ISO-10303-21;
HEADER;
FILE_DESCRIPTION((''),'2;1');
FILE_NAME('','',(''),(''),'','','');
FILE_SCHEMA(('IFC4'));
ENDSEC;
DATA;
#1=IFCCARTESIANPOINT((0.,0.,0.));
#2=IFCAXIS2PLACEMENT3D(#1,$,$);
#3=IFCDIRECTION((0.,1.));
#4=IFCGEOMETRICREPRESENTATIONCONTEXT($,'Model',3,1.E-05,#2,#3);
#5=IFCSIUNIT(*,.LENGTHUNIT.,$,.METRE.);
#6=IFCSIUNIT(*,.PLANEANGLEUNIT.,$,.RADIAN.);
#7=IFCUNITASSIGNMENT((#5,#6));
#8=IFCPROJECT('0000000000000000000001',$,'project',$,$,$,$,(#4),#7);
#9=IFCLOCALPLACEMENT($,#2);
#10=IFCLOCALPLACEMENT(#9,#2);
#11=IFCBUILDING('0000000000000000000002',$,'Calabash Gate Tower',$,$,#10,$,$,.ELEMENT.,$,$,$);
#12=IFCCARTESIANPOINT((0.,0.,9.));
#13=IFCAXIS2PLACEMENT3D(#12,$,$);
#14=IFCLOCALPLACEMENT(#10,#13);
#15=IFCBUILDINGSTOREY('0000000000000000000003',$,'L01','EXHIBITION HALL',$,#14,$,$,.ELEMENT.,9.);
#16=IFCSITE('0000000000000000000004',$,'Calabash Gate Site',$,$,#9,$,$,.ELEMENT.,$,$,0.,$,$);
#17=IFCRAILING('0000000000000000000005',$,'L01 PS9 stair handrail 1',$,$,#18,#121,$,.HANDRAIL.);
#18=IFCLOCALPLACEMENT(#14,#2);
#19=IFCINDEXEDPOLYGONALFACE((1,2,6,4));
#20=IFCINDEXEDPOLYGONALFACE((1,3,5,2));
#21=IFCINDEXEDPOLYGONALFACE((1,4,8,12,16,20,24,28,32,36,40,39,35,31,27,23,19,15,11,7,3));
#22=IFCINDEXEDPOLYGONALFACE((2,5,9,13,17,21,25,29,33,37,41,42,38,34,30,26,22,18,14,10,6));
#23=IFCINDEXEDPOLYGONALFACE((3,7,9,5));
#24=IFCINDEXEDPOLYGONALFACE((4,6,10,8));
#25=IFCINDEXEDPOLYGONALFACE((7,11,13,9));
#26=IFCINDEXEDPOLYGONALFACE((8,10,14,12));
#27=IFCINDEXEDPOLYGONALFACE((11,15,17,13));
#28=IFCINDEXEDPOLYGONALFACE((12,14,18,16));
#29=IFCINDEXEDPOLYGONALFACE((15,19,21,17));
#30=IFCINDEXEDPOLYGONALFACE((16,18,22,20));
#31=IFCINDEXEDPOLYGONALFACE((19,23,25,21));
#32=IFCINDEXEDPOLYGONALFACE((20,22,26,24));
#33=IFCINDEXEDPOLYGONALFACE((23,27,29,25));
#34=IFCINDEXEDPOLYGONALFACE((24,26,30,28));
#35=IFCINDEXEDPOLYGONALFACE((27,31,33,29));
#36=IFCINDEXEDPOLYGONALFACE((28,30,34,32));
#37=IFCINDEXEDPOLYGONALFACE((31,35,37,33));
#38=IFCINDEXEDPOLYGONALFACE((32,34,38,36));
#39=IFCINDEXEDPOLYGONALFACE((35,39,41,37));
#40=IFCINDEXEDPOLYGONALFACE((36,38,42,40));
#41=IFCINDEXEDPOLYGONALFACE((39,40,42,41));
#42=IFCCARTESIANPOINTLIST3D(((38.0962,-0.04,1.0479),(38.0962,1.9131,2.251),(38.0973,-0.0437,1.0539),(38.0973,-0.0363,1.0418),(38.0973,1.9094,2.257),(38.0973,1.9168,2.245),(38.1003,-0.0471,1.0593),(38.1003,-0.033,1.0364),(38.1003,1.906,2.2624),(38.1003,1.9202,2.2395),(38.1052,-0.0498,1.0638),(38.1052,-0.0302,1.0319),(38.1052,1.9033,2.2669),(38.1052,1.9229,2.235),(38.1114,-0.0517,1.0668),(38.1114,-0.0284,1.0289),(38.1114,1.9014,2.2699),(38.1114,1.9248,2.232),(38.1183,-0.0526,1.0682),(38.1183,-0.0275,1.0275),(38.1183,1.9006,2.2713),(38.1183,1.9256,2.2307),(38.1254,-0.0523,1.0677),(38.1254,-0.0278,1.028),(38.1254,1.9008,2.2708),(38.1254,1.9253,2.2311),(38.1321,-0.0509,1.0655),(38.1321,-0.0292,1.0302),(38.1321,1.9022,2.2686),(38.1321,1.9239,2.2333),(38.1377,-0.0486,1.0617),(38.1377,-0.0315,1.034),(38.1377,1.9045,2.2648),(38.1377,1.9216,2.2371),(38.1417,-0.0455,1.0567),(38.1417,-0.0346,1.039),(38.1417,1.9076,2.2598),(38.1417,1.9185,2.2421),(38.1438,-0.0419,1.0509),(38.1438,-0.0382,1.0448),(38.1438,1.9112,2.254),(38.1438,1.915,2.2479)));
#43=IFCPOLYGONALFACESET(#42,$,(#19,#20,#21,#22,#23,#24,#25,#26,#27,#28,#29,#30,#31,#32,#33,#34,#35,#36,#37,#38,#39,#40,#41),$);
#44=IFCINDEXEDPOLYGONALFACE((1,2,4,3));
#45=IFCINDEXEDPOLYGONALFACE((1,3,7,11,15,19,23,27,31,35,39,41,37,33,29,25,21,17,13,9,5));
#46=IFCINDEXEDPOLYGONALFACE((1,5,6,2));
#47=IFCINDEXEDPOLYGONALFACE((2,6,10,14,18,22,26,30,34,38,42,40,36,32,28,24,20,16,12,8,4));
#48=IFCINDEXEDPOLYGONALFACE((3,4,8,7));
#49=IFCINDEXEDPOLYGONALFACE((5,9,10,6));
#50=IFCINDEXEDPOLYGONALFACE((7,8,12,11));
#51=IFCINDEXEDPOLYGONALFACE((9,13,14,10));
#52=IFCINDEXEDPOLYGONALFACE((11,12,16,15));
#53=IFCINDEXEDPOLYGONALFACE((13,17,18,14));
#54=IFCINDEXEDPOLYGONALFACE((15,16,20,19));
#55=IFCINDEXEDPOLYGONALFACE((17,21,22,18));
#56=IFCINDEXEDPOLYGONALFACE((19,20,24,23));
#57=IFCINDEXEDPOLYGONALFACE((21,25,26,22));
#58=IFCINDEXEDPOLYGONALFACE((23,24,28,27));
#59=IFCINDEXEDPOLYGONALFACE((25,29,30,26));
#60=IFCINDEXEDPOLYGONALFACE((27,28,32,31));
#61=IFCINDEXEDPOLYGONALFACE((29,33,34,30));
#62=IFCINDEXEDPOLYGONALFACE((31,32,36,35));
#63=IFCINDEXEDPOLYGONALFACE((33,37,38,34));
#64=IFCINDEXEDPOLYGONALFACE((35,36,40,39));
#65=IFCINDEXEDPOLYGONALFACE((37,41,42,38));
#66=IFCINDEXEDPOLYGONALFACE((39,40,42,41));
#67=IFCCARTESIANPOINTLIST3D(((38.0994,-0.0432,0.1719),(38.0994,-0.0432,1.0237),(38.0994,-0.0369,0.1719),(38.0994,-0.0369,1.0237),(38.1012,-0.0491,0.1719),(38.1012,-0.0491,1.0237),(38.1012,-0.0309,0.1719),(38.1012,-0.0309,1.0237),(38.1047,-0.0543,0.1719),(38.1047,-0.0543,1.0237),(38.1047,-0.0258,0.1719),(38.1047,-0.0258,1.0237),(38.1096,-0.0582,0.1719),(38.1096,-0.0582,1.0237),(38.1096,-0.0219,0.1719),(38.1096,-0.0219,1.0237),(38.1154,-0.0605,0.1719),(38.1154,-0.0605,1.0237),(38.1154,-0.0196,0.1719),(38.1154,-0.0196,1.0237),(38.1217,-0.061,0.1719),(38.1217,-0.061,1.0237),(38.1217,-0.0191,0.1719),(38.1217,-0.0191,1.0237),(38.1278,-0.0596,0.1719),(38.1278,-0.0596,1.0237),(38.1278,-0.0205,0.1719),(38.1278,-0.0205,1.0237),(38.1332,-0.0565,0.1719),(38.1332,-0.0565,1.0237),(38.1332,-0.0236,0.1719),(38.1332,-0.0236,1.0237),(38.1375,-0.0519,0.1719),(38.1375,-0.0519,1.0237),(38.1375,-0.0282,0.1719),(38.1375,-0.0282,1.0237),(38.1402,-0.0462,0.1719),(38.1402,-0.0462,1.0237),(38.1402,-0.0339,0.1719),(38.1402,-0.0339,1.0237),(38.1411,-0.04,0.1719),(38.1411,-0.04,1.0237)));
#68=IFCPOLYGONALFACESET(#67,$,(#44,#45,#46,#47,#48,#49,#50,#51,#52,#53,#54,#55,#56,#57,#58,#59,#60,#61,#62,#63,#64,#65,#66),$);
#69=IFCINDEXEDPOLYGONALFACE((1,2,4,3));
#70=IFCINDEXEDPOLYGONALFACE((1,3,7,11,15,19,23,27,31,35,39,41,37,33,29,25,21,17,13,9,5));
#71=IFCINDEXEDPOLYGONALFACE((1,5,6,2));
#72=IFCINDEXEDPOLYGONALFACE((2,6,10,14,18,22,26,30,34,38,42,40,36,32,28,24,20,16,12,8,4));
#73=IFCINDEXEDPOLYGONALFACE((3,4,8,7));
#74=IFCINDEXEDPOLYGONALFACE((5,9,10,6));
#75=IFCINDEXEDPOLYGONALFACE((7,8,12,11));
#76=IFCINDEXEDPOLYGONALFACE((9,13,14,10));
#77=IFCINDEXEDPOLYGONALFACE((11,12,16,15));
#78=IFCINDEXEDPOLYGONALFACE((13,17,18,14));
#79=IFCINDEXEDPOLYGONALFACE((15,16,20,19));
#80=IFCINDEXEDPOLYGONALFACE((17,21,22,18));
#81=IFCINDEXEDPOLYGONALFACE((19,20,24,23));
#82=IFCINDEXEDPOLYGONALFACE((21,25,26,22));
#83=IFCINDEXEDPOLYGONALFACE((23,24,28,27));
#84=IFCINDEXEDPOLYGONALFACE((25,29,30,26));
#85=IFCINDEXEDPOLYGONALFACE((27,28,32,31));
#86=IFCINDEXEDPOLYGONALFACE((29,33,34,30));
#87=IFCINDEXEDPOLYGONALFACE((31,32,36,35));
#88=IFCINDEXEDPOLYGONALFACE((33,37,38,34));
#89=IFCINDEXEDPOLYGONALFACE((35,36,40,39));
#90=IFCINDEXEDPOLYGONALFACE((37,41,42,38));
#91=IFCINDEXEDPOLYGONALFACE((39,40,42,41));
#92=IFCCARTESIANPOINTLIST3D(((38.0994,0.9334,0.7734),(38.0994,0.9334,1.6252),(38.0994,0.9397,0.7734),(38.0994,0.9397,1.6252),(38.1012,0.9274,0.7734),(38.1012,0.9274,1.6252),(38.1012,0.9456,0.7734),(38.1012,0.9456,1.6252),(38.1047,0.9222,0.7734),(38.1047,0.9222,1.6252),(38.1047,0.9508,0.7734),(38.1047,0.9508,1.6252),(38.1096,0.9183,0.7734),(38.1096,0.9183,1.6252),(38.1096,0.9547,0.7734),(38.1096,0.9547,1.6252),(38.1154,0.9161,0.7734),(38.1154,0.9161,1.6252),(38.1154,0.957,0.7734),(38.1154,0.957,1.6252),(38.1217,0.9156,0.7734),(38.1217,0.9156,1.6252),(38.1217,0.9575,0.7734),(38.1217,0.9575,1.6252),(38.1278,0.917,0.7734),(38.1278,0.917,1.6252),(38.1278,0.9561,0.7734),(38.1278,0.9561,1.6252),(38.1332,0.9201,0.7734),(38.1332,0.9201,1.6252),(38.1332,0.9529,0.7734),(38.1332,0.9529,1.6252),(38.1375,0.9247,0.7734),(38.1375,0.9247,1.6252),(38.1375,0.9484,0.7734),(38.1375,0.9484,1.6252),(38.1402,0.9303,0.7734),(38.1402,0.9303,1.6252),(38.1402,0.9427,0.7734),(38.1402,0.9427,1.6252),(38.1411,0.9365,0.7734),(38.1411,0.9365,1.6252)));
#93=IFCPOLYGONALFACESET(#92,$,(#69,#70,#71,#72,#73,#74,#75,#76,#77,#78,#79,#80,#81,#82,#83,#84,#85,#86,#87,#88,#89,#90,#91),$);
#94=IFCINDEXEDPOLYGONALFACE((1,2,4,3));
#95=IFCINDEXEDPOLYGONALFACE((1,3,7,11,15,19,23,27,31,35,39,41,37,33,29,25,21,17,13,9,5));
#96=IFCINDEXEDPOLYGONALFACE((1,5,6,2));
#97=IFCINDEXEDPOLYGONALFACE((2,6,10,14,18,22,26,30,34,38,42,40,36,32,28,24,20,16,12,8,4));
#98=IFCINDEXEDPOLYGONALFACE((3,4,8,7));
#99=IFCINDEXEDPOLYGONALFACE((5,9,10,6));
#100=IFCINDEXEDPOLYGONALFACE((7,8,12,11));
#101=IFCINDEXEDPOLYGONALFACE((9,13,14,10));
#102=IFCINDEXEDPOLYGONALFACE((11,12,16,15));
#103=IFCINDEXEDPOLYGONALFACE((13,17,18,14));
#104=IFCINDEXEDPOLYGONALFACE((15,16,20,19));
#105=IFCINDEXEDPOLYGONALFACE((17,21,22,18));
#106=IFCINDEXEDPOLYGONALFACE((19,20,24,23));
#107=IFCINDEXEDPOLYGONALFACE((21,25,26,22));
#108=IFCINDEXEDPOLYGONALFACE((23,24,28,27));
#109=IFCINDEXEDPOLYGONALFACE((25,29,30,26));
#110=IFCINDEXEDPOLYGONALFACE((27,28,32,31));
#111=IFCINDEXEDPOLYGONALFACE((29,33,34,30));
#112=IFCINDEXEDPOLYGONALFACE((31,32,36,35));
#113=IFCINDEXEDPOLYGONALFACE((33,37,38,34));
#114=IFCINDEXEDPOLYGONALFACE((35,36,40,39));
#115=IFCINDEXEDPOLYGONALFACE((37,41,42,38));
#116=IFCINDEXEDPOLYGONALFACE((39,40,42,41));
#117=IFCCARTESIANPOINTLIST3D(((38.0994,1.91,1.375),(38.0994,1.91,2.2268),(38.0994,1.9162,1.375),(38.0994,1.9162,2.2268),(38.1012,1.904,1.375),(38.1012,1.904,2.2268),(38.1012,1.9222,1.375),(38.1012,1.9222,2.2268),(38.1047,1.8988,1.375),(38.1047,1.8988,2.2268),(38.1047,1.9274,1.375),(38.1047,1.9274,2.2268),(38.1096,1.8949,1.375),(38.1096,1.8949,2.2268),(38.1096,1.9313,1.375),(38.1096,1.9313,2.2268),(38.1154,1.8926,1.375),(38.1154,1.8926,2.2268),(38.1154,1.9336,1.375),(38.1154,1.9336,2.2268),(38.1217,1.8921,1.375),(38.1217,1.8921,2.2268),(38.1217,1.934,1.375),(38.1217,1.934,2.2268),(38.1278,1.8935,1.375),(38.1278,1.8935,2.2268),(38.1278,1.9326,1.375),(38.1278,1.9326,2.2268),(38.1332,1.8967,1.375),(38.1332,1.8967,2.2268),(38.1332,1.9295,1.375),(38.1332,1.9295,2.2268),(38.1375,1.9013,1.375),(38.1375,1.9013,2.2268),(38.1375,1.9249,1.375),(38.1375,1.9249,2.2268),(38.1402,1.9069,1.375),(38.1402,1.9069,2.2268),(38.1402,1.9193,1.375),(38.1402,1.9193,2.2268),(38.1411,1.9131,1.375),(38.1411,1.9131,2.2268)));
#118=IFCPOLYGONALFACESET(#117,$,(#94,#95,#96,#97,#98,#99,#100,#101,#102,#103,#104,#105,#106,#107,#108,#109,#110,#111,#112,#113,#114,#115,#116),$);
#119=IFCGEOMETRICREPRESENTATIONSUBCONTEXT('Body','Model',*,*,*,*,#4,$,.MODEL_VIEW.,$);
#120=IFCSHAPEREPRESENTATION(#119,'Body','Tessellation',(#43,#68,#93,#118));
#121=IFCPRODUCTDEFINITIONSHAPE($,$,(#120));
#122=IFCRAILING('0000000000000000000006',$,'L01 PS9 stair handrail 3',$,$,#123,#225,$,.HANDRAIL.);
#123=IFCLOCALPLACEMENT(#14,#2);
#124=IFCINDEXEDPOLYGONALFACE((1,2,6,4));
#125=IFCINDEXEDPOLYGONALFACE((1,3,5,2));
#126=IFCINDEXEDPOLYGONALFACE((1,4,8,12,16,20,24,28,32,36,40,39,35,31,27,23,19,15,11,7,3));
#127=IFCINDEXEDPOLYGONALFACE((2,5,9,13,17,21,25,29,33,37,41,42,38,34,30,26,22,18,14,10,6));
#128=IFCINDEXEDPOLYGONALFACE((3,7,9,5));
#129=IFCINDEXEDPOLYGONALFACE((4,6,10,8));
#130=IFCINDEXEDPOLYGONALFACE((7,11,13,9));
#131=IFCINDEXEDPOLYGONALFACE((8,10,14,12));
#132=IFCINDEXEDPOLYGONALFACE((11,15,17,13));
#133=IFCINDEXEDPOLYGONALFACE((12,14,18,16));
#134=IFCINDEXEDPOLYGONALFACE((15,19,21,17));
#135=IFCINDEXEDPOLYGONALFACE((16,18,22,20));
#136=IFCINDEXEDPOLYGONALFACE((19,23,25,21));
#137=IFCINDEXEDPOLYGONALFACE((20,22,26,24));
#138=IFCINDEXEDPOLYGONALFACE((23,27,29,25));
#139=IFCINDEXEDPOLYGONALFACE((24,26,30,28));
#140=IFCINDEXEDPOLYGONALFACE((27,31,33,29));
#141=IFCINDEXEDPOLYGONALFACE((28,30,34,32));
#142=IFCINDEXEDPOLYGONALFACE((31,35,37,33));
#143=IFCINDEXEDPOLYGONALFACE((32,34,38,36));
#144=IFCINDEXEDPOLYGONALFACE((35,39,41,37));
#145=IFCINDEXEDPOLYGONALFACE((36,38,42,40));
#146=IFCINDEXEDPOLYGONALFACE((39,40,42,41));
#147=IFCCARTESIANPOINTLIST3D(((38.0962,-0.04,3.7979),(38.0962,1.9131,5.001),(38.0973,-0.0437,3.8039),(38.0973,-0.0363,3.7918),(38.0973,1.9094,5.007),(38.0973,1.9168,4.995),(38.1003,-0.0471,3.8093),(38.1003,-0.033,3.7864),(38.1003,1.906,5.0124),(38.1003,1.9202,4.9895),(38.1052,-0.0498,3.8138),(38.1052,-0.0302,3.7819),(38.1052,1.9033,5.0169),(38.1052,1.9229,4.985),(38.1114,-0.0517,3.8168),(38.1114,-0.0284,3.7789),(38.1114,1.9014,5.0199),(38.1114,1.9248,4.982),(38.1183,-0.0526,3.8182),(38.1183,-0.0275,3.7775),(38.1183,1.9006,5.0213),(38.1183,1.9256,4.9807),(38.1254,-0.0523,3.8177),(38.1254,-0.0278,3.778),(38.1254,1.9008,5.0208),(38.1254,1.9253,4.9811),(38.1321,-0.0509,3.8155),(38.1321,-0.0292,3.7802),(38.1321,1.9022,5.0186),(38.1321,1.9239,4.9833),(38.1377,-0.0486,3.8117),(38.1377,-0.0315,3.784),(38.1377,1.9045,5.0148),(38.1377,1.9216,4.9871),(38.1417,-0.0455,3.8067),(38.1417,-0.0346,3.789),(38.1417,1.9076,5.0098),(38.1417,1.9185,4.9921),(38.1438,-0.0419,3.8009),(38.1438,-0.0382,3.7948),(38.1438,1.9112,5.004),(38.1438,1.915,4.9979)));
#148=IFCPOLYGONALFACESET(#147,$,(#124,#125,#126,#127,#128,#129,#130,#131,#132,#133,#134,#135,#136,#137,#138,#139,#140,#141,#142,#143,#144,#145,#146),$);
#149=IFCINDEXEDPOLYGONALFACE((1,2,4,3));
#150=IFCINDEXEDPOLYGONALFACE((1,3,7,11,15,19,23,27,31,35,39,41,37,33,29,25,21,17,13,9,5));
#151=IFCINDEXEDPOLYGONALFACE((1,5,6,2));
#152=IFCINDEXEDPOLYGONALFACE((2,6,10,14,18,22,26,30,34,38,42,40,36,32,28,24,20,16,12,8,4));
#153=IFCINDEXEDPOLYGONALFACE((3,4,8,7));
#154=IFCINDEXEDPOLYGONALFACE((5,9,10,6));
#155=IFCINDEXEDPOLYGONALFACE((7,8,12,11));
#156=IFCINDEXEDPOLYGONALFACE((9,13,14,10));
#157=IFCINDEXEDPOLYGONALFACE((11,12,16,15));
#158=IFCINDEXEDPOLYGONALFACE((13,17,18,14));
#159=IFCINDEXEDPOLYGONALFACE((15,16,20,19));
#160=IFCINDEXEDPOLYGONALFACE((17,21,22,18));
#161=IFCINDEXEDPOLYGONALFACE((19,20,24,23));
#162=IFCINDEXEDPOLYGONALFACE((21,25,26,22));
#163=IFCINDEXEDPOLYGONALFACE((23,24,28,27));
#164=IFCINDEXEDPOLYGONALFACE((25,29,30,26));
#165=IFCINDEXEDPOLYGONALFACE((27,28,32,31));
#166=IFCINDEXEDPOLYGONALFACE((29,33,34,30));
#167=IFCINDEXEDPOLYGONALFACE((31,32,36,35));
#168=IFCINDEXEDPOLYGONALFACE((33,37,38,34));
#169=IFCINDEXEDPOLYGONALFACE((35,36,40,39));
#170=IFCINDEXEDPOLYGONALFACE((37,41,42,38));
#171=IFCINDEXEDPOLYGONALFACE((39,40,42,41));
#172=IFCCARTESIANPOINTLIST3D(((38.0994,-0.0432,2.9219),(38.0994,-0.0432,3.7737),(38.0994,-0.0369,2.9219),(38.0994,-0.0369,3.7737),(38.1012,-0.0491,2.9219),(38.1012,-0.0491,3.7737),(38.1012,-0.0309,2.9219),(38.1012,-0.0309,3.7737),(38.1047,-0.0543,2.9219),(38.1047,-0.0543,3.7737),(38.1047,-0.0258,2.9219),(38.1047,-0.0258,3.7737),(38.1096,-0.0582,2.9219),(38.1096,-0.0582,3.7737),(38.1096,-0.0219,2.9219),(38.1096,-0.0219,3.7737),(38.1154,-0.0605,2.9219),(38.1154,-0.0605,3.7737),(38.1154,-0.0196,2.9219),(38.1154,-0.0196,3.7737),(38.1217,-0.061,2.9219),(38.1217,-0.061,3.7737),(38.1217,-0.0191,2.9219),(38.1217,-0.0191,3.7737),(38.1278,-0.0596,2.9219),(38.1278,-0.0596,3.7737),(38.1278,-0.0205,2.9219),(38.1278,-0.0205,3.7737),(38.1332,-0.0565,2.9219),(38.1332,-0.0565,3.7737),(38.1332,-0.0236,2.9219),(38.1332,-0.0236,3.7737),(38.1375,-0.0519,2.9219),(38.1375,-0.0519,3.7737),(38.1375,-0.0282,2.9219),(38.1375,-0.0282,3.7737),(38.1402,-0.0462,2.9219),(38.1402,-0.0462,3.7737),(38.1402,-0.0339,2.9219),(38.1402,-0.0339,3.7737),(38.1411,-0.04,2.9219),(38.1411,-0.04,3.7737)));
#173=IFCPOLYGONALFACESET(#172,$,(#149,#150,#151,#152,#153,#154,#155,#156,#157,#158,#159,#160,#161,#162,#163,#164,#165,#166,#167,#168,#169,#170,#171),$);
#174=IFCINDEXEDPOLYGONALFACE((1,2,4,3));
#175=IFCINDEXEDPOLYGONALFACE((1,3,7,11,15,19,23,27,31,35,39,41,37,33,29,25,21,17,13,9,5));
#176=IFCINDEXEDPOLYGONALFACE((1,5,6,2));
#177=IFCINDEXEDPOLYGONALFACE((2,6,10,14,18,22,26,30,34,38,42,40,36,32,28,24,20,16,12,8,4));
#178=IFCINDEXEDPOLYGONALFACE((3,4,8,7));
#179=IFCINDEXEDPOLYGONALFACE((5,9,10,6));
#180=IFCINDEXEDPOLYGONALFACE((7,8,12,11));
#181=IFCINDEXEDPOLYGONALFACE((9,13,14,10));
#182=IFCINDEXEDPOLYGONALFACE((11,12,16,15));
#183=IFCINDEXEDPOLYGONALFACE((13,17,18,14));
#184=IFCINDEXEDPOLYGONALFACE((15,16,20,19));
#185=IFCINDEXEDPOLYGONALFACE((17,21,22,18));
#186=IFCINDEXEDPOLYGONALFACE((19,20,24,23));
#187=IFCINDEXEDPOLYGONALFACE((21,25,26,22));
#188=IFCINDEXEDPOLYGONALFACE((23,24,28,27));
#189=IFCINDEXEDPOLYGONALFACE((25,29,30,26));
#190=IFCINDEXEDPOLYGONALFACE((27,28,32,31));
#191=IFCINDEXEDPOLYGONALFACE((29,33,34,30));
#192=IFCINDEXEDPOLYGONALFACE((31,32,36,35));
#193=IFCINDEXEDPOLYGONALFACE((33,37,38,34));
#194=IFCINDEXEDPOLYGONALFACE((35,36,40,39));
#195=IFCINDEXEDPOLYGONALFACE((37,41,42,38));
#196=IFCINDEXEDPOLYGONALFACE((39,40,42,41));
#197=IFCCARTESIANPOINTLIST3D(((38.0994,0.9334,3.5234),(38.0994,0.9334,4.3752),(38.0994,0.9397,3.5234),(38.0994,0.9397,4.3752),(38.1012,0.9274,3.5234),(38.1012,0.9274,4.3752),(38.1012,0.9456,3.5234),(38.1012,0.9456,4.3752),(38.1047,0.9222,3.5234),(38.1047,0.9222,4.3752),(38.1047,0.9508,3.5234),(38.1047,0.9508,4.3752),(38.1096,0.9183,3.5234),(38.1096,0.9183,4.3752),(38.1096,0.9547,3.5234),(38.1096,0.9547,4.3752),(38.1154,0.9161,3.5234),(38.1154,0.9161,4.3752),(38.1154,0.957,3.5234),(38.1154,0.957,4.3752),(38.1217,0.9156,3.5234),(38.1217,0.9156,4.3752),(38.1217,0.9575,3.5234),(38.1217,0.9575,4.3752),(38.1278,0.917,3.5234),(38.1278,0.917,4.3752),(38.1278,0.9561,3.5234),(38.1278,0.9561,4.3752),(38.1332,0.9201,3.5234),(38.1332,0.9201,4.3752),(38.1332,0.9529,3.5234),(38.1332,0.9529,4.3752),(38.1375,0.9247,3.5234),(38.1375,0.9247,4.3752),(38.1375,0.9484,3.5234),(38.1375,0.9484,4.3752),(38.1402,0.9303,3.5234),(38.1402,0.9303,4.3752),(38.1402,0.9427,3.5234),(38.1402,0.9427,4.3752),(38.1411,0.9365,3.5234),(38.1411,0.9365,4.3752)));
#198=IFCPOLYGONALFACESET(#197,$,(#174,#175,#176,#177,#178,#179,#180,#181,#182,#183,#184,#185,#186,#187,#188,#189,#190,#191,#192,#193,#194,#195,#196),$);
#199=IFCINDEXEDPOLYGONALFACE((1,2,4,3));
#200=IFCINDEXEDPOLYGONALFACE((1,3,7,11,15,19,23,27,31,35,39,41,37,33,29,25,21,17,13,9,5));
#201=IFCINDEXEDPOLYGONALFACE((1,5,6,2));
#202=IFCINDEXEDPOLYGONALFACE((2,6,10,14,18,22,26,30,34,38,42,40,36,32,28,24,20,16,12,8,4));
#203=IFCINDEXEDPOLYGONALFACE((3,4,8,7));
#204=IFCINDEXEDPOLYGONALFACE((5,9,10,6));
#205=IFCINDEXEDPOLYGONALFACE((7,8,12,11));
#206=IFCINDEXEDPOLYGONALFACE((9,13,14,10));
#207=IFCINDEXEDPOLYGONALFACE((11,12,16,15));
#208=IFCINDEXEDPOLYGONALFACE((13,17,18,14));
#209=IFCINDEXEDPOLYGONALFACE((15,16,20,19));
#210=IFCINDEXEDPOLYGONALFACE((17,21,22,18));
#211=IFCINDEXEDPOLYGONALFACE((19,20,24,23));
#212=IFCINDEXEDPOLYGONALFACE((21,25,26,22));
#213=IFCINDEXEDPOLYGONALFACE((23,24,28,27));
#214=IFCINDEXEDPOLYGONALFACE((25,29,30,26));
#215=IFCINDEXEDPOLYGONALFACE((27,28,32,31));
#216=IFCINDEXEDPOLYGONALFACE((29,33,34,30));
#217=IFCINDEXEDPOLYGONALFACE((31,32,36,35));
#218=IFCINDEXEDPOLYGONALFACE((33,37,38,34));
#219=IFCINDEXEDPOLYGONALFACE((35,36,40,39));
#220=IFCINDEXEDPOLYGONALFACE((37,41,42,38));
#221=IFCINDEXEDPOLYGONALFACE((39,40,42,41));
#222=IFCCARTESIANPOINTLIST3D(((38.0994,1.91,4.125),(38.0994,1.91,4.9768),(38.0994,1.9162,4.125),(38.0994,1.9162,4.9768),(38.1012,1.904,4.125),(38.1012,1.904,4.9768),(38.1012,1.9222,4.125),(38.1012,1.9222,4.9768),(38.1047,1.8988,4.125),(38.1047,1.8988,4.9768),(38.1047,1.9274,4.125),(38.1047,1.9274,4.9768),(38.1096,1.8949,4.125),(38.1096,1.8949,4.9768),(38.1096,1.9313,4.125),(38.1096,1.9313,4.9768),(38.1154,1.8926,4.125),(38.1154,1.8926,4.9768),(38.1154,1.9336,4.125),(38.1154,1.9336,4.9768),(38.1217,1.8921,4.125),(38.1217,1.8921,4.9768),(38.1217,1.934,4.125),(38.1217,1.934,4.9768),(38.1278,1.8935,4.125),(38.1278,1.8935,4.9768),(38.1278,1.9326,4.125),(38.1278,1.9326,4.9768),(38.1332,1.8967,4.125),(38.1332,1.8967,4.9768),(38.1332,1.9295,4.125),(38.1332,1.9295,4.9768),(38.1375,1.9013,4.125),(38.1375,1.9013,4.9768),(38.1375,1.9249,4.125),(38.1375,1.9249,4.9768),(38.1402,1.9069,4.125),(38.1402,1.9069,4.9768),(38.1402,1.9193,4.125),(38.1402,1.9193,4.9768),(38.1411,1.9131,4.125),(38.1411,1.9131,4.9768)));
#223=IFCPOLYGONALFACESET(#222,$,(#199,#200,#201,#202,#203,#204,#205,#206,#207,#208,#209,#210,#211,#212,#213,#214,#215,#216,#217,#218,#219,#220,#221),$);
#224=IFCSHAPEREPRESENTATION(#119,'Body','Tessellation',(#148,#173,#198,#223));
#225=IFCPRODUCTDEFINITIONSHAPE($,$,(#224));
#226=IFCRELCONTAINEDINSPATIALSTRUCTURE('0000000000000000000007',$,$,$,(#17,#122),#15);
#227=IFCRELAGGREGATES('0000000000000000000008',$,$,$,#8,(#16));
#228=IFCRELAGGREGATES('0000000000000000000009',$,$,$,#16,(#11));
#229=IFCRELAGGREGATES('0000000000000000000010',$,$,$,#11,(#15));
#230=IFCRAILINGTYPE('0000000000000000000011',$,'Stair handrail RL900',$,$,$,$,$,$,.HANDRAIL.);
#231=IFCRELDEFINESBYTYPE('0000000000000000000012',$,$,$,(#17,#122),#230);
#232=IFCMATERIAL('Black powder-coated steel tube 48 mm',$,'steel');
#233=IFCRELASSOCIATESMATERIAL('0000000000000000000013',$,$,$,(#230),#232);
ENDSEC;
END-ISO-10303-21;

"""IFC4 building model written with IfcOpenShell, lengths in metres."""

from ifc_helpers import new_model, si_unit, direction, frame, origin, origin_2d, place, context, subcontext, project, spatial, circle, extrude, material, type_object, element, save


model = new_model("IFC4")

# Units and contexts
model_context = context("Model", 3, precision=1e-05, world=origin(), true_north=direction((0.0, 1.0)))
body_context = subcontext(model_context, "Body", "Model", "MODEL_VIEW")
ifc_project = project(units=[si_unit("LENGTHUNIT", "METRE"), si_unit("PLANEANGLEUNIT", "RADIAN")], contexts=[model_context])

# Site, building, storey
site_placement = place(None, origin())
site = spatial("IfcSite", under=ifc_project, at=site_placement, Name="Calabash Gate Site", CompositionType="ELEMENT", RefElevation=0.0)
building_placement = place(site_placement, origin())
building = spatial("IfcBuilding", under=site, at=building_placement, Name="Calabash Gate Tower", CompositionType="ELEMENT")
storey_placement = place(building_placement, frame((0.0, 0.0, 9.0)))
storey = spatial("IfcBuildingStorey", under=building, at=storey_placement, Name="L01", Description="EXHIBITION HALL", CompositionType="ELEMENT", Elevation=9.0)

# Railings
ifc_material_1 = material(Name="Black powder-coated steel tube 48 mm", Category="steel")
railing_type_1 = type_object("IfcRailingType", Name="Stair handrail RL900", PredefinedType="HANDRAIL", material=ifc_material_1)
for number, where, name in (
    (1, (38.1201, -0.04, 0.1719), "L01 PS9 stair handrail 1"),
    (2, (38.1201, -0.04, 2.9219), "L01 PS9 stair handrail 3"),
):
    element("IfcRailing", number, at=place(storey_placement, frame(where)), inside=storey, type_object=railing_type_1, Name=name, PredefinedType="HANDRAIL", context=body_context, shape_type="SweptSolid", body=[
        extrude(circle(Radius=0.0239, at=origin_2d()), frame((0.0, 0.0, 0.876), z_axis=(0.0, 0.851424, 0.524477), x_axis=(-1.0, 0.0, 0.0)), (0.0, 0.0, 1.0), 2.2939),
        extrude(circle(Radius=0.021, at=origin_2d()), origin(), (0.0, 0.0, 1.0), 0.8518),
        extrude(circle(Radius=0.021, at=origin_2d()), frame((0.0, 0.9766, 0.6016)), (0.0, 0.0, 1.0), 0.8518),
        extrude(circle(Radius=0.021, at=origin_2d()), frame((0.0, 1.9531, 1.2031)), (0.0, 0.0, 1.0), 0.8518),
    ])

save(model, "model.ifc")
